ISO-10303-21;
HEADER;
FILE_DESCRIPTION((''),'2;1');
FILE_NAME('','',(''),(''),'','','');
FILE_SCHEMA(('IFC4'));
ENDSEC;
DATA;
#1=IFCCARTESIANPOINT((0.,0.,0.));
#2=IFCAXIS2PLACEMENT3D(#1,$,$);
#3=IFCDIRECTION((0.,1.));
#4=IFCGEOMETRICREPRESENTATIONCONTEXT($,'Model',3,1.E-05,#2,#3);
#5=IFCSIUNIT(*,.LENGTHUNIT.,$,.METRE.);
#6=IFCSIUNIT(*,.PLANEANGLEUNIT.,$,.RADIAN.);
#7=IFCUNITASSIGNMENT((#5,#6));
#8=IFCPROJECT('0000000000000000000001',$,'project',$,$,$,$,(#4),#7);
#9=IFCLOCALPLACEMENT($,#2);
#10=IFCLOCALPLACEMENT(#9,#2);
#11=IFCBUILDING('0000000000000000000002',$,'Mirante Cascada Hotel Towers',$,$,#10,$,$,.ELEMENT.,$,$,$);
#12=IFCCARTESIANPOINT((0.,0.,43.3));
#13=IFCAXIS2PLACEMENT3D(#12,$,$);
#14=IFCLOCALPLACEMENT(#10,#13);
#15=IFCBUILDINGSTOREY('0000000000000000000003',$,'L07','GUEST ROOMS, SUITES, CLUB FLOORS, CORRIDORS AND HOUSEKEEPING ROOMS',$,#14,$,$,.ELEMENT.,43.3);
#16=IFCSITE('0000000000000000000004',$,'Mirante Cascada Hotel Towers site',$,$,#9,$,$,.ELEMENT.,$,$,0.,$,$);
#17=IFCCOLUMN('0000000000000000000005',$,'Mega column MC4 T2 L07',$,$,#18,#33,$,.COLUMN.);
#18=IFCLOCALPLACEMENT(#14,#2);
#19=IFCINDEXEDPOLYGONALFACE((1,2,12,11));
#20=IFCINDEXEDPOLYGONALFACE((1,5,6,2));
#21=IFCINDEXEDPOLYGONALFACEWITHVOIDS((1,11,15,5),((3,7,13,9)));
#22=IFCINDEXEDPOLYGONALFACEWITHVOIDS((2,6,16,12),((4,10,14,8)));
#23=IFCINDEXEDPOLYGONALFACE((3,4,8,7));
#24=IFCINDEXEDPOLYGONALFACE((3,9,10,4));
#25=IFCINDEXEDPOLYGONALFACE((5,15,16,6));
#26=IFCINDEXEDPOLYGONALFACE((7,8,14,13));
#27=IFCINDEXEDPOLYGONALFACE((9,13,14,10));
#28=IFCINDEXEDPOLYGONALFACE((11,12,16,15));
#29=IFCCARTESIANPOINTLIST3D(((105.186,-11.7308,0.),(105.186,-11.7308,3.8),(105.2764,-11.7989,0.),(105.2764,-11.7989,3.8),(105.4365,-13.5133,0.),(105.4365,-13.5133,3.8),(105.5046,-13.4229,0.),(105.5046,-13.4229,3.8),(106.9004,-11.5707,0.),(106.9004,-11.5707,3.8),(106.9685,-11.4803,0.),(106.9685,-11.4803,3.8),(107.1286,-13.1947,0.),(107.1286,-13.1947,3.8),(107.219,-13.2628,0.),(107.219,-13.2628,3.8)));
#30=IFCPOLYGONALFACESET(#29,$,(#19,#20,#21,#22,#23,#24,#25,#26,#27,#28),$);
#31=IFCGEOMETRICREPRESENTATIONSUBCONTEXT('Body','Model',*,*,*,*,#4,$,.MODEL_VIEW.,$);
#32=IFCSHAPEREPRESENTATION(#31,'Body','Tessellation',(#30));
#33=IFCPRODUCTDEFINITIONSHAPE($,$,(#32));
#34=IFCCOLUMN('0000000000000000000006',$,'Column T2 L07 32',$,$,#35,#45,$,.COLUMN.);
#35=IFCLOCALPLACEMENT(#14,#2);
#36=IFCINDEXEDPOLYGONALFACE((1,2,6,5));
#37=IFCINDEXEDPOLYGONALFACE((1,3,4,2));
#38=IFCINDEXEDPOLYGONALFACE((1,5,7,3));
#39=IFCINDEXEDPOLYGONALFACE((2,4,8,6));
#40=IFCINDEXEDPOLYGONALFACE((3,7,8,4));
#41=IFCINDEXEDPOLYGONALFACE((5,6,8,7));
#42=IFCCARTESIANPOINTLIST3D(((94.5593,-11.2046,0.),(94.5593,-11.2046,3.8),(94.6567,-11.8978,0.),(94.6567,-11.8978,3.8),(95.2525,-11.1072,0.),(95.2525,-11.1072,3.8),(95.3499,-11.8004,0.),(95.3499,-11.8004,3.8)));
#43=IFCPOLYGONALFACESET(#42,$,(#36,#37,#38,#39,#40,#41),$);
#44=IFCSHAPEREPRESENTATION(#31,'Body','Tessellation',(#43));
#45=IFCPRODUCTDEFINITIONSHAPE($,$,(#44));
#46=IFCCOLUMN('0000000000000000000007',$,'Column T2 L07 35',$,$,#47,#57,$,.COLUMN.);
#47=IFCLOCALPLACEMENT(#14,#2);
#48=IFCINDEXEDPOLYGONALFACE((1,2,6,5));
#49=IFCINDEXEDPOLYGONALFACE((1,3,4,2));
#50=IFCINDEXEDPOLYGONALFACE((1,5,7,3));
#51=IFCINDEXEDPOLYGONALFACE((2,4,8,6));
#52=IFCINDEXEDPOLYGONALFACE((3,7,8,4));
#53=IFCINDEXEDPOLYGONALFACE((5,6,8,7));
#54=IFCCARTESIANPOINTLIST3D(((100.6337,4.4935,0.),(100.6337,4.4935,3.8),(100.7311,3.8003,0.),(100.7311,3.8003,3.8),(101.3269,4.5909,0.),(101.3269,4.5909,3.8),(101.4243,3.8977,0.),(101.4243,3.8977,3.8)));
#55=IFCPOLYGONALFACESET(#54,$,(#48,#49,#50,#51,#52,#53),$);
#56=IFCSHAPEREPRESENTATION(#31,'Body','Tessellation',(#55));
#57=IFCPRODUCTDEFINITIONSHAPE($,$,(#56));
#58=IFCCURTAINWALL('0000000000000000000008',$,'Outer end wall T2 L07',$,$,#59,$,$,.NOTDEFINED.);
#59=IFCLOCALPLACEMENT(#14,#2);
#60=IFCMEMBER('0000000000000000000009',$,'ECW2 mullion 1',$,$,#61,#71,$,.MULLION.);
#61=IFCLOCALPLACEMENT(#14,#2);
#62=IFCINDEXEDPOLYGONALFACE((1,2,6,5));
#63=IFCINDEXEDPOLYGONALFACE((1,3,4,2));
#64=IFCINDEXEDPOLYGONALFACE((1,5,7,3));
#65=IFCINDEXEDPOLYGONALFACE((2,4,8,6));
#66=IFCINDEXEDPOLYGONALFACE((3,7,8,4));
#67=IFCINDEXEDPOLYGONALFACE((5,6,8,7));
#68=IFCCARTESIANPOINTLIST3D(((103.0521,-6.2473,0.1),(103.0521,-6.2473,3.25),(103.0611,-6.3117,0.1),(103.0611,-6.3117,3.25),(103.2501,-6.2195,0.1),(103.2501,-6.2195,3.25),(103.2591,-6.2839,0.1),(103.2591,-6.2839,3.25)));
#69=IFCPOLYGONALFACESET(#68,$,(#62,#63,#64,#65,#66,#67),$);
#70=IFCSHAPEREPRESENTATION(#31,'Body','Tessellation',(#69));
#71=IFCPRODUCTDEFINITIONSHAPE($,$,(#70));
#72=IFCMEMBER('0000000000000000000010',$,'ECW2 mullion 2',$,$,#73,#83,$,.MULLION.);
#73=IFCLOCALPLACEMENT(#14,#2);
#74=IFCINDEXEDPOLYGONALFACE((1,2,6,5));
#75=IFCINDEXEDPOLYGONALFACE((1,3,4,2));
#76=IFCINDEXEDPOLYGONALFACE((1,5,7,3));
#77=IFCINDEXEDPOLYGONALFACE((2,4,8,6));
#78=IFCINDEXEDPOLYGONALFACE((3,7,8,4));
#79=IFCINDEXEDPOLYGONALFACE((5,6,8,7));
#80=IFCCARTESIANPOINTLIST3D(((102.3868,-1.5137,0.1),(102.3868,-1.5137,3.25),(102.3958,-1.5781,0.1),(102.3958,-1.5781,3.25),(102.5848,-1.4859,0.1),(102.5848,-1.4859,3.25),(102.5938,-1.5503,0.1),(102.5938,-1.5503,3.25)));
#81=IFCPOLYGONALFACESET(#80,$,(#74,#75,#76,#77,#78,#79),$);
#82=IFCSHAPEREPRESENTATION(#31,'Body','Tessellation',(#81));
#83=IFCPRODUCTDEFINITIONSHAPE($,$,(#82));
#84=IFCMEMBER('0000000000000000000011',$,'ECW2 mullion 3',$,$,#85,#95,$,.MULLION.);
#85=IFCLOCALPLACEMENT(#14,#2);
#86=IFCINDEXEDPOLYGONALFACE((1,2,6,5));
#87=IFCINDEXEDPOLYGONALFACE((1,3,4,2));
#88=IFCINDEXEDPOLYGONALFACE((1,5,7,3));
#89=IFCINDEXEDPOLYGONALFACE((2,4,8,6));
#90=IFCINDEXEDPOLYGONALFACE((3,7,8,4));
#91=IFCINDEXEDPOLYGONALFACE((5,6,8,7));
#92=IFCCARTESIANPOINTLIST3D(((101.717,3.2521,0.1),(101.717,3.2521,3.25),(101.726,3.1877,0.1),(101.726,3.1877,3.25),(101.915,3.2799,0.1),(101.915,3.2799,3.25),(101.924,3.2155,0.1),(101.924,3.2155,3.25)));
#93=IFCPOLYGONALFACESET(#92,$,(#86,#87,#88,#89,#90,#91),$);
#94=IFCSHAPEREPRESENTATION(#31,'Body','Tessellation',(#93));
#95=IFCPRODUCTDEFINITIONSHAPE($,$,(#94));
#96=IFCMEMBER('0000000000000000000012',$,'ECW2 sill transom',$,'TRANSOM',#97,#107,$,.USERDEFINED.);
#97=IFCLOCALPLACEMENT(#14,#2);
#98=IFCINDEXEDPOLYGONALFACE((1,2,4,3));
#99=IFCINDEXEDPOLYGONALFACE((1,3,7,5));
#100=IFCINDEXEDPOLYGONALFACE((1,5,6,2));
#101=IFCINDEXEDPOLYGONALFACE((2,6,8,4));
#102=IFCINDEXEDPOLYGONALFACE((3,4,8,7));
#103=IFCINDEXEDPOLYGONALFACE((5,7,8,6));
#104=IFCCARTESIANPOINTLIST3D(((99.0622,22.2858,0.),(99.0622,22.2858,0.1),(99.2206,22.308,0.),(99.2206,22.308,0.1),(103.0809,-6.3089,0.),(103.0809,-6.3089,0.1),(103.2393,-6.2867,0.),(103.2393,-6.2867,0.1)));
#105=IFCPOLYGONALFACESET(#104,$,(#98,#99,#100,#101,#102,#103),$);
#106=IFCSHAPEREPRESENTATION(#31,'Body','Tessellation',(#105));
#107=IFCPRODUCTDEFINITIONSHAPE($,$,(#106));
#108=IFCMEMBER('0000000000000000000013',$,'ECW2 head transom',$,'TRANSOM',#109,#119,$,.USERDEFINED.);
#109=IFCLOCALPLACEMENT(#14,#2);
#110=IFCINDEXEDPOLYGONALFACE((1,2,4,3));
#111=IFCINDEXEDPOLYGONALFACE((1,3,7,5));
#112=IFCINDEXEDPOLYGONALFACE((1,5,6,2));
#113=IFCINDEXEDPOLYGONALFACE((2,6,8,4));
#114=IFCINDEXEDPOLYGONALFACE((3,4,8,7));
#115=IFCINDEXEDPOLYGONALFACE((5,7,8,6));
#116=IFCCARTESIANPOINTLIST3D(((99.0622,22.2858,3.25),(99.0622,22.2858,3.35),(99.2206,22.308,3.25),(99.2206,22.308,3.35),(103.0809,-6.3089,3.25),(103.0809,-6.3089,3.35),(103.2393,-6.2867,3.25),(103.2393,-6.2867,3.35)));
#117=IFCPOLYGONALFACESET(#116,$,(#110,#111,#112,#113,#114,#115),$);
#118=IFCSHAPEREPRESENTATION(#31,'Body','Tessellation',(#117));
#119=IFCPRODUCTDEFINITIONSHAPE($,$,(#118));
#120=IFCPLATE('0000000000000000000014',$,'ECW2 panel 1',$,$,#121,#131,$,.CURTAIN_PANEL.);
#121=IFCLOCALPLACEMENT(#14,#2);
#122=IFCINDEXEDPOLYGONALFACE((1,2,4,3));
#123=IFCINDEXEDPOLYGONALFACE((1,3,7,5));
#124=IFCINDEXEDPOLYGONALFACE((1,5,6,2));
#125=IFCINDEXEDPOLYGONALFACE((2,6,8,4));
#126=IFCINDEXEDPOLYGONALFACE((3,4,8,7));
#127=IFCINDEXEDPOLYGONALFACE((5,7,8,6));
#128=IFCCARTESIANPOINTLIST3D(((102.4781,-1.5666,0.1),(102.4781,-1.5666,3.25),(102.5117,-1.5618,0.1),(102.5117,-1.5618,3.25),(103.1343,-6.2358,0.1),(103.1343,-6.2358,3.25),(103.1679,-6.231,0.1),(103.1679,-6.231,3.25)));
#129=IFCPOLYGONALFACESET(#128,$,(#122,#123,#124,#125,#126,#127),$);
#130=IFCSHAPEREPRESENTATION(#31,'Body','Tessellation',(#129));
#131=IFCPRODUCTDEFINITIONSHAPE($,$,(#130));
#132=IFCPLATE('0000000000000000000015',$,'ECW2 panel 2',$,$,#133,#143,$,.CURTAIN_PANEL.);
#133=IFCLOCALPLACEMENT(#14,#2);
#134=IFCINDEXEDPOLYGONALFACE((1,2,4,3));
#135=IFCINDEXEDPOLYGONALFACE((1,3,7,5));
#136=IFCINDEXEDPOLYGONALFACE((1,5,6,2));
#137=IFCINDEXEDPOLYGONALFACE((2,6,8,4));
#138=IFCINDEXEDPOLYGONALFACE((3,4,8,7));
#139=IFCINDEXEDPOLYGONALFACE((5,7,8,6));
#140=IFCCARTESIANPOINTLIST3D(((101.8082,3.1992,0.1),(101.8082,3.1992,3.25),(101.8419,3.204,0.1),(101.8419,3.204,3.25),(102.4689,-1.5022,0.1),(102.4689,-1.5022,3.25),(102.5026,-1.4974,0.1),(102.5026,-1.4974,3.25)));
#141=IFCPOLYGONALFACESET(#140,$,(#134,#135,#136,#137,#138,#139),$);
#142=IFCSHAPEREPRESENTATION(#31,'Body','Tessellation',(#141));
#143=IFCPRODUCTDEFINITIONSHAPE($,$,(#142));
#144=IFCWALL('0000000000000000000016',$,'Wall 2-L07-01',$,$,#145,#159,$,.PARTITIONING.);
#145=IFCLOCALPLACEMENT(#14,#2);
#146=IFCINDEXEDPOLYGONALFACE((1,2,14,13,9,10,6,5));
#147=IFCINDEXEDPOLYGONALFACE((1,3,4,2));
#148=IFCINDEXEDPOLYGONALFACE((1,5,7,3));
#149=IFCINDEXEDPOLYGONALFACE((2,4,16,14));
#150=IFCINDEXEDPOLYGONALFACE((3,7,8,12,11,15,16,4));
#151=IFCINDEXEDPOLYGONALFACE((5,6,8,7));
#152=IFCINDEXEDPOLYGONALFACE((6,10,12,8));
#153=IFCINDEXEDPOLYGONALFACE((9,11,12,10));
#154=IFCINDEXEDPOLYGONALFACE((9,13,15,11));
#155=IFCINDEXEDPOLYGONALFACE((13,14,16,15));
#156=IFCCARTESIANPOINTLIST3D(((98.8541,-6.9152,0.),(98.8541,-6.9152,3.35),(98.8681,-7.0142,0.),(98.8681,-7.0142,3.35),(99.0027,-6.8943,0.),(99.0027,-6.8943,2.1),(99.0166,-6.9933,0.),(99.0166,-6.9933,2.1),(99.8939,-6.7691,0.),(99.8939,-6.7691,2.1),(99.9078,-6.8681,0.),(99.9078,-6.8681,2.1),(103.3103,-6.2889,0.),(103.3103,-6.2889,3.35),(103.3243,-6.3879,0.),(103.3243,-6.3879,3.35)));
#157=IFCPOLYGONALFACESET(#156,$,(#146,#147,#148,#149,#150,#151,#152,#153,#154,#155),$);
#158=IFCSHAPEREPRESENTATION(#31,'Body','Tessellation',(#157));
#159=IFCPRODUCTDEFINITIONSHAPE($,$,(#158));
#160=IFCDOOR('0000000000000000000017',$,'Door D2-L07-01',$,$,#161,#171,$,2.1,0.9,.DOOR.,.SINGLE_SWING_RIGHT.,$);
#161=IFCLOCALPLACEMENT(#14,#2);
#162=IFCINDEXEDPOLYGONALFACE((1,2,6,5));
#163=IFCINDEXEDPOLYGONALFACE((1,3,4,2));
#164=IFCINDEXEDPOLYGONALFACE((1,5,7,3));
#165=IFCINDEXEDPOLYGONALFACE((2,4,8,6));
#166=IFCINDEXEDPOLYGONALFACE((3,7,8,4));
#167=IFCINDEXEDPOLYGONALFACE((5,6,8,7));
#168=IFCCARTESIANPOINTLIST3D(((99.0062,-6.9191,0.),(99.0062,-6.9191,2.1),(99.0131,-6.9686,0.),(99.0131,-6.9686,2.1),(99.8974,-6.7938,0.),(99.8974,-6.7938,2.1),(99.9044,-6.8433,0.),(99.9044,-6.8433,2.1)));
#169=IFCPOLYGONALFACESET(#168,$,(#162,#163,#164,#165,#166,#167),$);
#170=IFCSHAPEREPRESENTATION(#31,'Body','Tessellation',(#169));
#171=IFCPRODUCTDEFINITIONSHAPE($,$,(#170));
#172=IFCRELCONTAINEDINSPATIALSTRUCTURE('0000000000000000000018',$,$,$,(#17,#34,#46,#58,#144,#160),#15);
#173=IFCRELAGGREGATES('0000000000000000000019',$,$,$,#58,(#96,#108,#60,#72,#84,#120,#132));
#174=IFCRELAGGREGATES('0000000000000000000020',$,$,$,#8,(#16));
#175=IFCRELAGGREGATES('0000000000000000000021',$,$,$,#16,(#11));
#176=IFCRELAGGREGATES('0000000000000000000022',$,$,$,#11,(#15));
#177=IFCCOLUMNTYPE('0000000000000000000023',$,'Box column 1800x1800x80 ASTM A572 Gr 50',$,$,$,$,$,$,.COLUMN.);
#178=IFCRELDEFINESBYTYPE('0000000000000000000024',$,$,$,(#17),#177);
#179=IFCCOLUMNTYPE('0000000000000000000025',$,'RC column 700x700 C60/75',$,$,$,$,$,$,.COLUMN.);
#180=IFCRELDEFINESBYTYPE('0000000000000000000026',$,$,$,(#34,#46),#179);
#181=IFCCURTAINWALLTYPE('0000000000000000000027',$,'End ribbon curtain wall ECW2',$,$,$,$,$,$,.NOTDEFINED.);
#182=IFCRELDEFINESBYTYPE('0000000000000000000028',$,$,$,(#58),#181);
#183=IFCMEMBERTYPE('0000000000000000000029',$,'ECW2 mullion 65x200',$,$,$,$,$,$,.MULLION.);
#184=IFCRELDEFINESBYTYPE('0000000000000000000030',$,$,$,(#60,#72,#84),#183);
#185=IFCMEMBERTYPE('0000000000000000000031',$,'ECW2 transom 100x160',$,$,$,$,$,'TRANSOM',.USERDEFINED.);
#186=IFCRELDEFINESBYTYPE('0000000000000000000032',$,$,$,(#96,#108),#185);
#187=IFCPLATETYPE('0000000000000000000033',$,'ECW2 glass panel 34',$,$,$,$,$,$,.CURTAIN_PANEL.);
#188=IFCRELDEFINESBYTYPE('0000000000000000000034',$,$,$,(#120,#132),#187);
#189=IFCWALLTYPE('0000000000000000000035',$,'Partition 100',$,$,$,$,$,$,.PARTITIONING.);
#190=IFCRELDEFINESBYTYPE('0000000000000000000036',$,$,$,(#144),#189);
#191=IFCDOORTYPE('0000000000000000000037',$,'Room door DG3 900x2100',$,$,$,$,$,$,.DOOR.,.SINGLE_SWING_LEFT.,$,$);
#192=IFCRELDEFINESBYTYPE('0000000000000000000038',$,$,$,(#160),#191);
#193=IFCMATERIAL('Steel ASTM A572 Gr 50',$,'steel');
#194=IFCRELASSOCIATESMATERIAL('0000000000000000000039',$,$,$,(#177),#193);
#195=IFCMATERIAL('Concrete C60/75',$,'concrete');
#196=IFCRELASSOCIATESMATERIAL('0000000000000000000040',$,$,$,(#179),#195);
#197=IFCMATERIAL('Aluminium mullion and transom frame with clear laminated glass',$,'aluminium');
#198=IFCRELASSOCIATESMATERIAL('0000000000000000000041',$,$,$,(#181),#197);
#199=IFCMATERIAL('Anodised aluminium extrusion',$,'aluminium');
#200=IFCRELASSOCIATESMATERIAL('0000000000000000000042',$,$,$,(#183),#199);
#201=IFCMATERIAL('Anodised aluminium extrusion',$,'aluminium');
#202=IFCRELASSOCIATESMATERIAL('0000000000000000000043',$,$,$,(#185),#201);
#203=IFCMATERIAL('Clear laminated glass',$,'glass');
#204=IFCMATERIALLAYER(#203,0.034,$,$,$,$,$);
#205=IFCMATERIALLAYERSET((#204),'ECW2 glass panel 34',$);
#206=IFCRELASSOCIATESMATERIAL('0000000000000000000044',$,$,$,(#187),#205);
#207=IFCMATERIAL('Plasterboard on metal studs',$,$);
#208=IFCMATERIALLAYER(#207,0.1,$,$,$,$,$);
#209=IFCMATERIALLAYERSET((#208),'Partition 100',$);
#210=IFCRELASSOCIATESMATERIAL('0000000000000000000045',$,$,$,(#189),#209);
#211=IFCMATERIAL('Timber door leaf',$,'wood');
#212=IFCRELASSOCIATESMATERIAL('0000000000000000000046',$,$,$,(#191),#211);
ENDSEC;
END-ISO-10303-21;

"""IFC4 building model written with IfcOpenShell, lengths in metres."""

from ifc_helpers import new_model, si_unit, direction, frame, frame_2d, origin, origin_2d, place, context, subcontext, project, spatial, rectangle, hollow_rectangle, extrude, material, layer, layer_set, material_profile, profile_set, type_object, element, fill, aggregate, save


model = new_model("IFC4")

# Units and contexts
model_context = context("Model", 3, precision=1e-05, world=origin(), true_north=direction((0.0, 1.0)))
body_context = subcontext(model_context, "Body", "Model", "MODEL_VIEW")
ifc_project = project(units=[si_unit("LENGTHUNIT", "METRE"), si_unit("PLANEANGLEUNIT", "RADIAN")], contexts=[model_context])

# Site, building, storey
site_placement = place(None, origin())
site = spatial("IfcSite", under=ifc_project, at=site_placement, Name="Mirante Cascada Hotel Towers site", CompositionType="ELEMENT", RefElevation=0.0)
building_placement = place(site_placement, origin())
building = spatial("IfcBuilding", under=site, at=building_placement, Name="Mirante Cascada Hotel Towers", CompositionType="ELEMENT")
storey_placement = place(building_placement, frame((0.0, 0.0, 43.3)))
storey = spatial("IfcBuildingStorey", under=building, at=storey_placement, Name="L07", Description="GUEST ROOMS, SUITES, CLUB FLOORS, CORRIDORS AND HOUSEKEEPING ROOMS", CompositionType="ELEMENT", Elevation=43.3)

# Columns
ifc_material_1 = material(Name="Steel ASTM A572 Gr 50", Category="steel")
ifc_material_profile_1 = material_profile(ifc_material_1, hollow_rectangle(XDim=1.8, YDim=1.8, WallThickness=0.08, at=origin_2d()), Name="Box column 1800x1800x80 ASTM A572 Gr 50")
ifc_profile_set_1 = profile_set([ifc_material_profile_1], Name="Steel ASTM A572 Gr 50")
column_type_1 = type_object("IfcColumnType", Name="Box column 1800x1800x80 ASTM A572 Gr 50", PredefinedType="COLUMN", material=ifc_profile_set_1)
column_placement = place(storey_placement, frame((106.2025, -12.4968, 0.0), z_axis=(0.0, 0.0, 1.0), x_axis=(0.990268, 0.139173, 0.0)))
element("IfcColumn", 1, at=column_placement, inside=storey, type_object=column_type_1, Name="Mega column MC4 T2 L07", PredefinedType="COLUMN", context=body_context, shape_type="SweptSolid", body=[
    extrude(hollow_rectangle(XDim=1.8, YDim=1.8, WallThickness=0.08, at=origin_2d()), origin(), (0.0, 0.0, 1.0), 3.8),
])
ifc_material_2 = material(Name="Concrete C60/75", Category="concrete")
ifc_material_profile_2 = material_profile(ifc_material_2, rectangle(XDim=0.7, YDim=0.7, at=origin_2d()), Name="RC column 700x700 C60/75")
ifc_profile_set_2 = profile_set([ifc_material_profile_2], Name="Concrete C60/75")
column_type_2 = type_object("IfcColumnType", Name="RC column 700x700 C60/75", PredefinedType="COLUMN", material=ifc_profile_set_2)
for number, where, z_axis, x_axis, name in (
    (2, (94.9546, -11.5025, 0.0), (0.0, 0.0, 1.0), (0.990268, 0.139173, 0.0), "Column T2 L07 32"),
    (3, (101.029, 4.1956, 0.0), (0.0, 0.0, 1.0), (0.990268, 0.139173, 0.0), "Column T2 L07 35"),
):
    element("IfcColumn", number, at=place(storey_placement, frame(where, z_axis=z_axis, x_axis=x_axis)), inside=storey, type_object=column_type_2, Name=name, PredefinedType="COLUMN", context=body_context, shape_type="SweptSolid", body=[
        extrude(rectangle(XDim=0.7, YDim=0.7, at=origin_2d()), origin(), (0.0, 0.0, 1.0), 3.8),
    ])

# Curtain wall, members, plates
ifc_material_3 = material(Name="Aluminium mullion and transom frame with clear laminated glass", Category="aluminium")
curtain_wall_type = type_object("IfcCurtainWallType", Name="End ribbon curtain wall ECW2", PredefinedType="NOTDEFINED", material=ifc_material_3)
curtain_wall_placement = place(storey_placement, origin())
curtain_wall = element("IfcCurtainWall", 4, at=curtain_wall_placement, inside=storey, type_object=curtain_wall_type, Name="Outer end wall T2 L07", PredefinedType="NOTDEFINED")
ifc_material_4 = material(Name="Anodised aluminium extrusion", Category="aluminium")
ifc_material_profile_3 = material_profile(ifc_material_4, rectangle(XDim=0.2, YDim=0.065, at=origin_2d()), Name="ECW2 MULLION 65x200")
ifc_profile_set_3 = profile_set([ifc_material_profile_3], Name="Anodised aluminium extrusion")
member_type_1 = type_object("IfcMemberType", Name="ECW2 mullion 65x200", PredefinedType="MULLION", material=ifc_profile_set_3)
member_1_placement = place(storey_placement, frame((103.1556, -6.2656, 0.1), z_axis=(0.0, 0.0, 1.0), x_axis=(-0.990268, -0.139173, 0.0)))
member_1 = element("IfcMember", 5, at=member_1_placement, type_object=member_type_1, Name="ECW2 mullion 1", PredefinedType="MULLION", context=body_context, shape_type="SweptSolid", body=[
    extrude(rectangle(XDim=0.2, YDim=0.065, at=origin_2d()), origin(), (0.0, 0.0, 1.0), 3.15),
])
member_2_placement = place(storey_placement, frame((102.4903, -1.532, 0.1), z_axis=(0.0, 0.0, 1.0), x_axis=(-0.990268, -0.139173, 0.0)))
member_2 = element("IfcMember", 6, at=member_2_placement, type_object=member_type_1, Name="ECW2 mullion 2", PredefinedType="MULLION", context=body_context, shape_type="SweptSolid", body=[
    extrude(rectangle(XDim=0.2, YDim=0.065, at=origin_2d()), origin(), (0.0, 0.0, 1.0), 3.15),
])
member_3_placement = place(storey_placement, frame((101.8205, 3.2338, 0.1), z_axis=(0.0, 0.0, 1.0), x_axis=(-0.990268, -0.139173, 0.0)))
member_3 = element("IfcMember", 7, at=member_3_placement, type_object=member_type_1, Name="ECW2 mullion 3", PredefinedType="MULLION", context=body_context, shape_type="SweptSolid", body=[
    extrude(rectangle(XDim=0.2, YDim=0.065, at=origin_2d()), origin(), (0.0, 0.0, 1.0), 3.15),
])
ifc_material_5 = material(Name="Anodised aluminium extrusion", Category="aluminium")
ifc_material_profile_4 = material_profile(ifc_material_5, rectangle(XDim=0.16, YDim=0.1, at=origin_2d()), Name="ECW2 TRANSOM 100x160")
ifc_profile_set_4 = profile_set([ifc_material_profile_4], Name="Anodised aluminium extrusion")
member_type_2 = type_object("IfcMemberType", Name="ECW2 transom 100x160", ElementType="TRANSOM", PredefinedType="USERDEFINED", material=ifc_profile_set_4)
member_4_placement = place(storey_placement, frame((103.1601, -6.2978, 0.05), z_axis=(-0.139172, 0.990268, 0.0), x_axis=(-0.990268, -0.139172, 0.0)))
member_4 = element("IfcMember", 8, at=member_4_placement, type_object=member_type_2, Name="ECW2 sill transom", ObjectType="TRANSOM", PredefinedType="USERDEFINED", context=body_context, shape_type="SweptSolid", body=[
    extrude(rectangle(XDim=0.16, YDim=0.1, at=origin_2d()), origin(), (0.0, 0.0, 1.0), 28.8757),
])
member_5_placement = place(storey_placement, frame((103.1601, -6.2978, 3.3), z_axis=(-0.139172, 0.990268, 0.0), x_axis=(-0.990268, -0.139172, 0.0)))
member_5 = element("IfcMember", 9, at=member_5_placement, type_object=member_type_2, Name="ECW2 head transom", ObjectType="TRANSOM", PredefinedType="USERDEFINED", context=body_context, shape_type="SweptSolid", body=[
    extrude(rectangle(XDim=0.16, YDim=0.1, at=origin_2d()), origin(), (0.0, 0.0, 1.0), 28.8757),
])
ifc_material_6 = material(Name="Clear laminated glass", Category="glass")
ifc_layer_1 = layer(ifc_material_6, 0.034)
ifc_layer_set_1 = layer_set([ifc_layer_1], Name="ECW2 glass panel 34")
plate_type = type_object("IfcPlateType", Name="ECW2 glass panel 34", PredefinedType="CURTAIN_PANEL", material=ifc_layer_set_1)
plate_1_placement = place(storey_placement, frame((102.823, -3.8988, 0.1), z_axis=(0.0, 0.0, 1.0), x_axis=(-0.139173, 0.990268, 0.0)))
plate_1 = element("IfcPlate", 10, at=plate_1_placement, type_object=plate_type, Name="ECW2 panel 1", PredefinedType="CURTAIN_PANEL", context=body_context, shape_type="SweptSolid", body=[
    extrude(rectangle(XDim=4.7151, YDim=0.034, at=origin_2d()), origin(), (0.0, 0.0, 1.0), 3.15),
])
plate_2_placement = place(storey_placement, frame((102.1554, 0.8509, 0.1), z_axis=(0.0, 0.0, 1.0), x_axis=(-0.139173, 0.990268, 0.0)))
plate_2 = element("IfcPlate", 11, at=plate_2_placement, type_object=plate_type, Name="ECW2 panel 2", PredefinedType="CURTAIN_PANEL", context=body_context, shape_type="SweptSolid", body=[
    extrude(rectangle(XDim=4.7476, YDim=0.034, at=origin_2d()), origin(), (0.0, 0.0, 1.0), 3.15),
])
aggregate(curtain_wall, [member_4, member_5, member_1, member_2, member_3, plate_1, plate_2])

# Wall, opening, door
ifc_material_7 = material(Name="Plasterboard on metal studs")
ifc_layer_2 = layer(ifc_material_7, 0.1)
ifc_layer_set_2 = layer_set([ifc_layer_2], Name="Partition 100")
wall_type_1 = type_object("IfcWallType", Name="Partition 100", PredefinedType="PARTITIONING", material=ifc_layer_set_2)
wall_1_placement = place(storey_placement, frame((103.3173, -6.3384, 0.0), z_axis=(0.0, 0.0, 1.0), x_axis=(-0.990267, -0.139178, 0.0)))
wall_1 = element("IfcWall", 12, at=wall_1_placement, inside=storey, type_object=wall_type_1, Name="Wall 2-L07-01", PredefinedType="PARTITIONING", context=body_context, shape_type="SweptSolid", body=[
    extrude(rectangle(XDim=4.5, YDim=0.1, at=frame_2d((2.25, 0.0))), origin(), (0.0, 0.0, 1.0), 3.35),
])
opening_1_placement = place(wall_1_placement, frame((3.45, 0.0, 0.0)))
opening_1 = element("IfcOpeningElement", 13, at=opening_1_placement, cuts=wall_1, PredefinedType="OPENING", context=body_context, shape_type="SweptSolid", body=[
    extrude(rectangle(XDim=0.9, YDim=2.1, at=frame_2d((0.45, 1.05))), frame((0.0, 0.05, 0.0), z_axis=(0.0, -1.0, 0.0), x_axis=(1.0, 0.0, 0.0)), (0.0, 0.0, 1.0), 0.1),
])
ifc_material_8 = material(Name="Timber door leaf", Category="wood")
door_type = type_object("IfcDoorType", Name="Room door DG3 900x2100", OperationType="SINGLE_SWING_LEFT", PredefinedType="DOOR", material=ifc_material_8)
door_1_placement = place(opening_1_placement, frame((0.9, 0.0, 0.0), z_axis=(0.0, 0.0, 1.0), x_axis=(-1.0, 0.0, 0.0)))
door_1 = element("IfcDoor", 14, at=door_1_placement, inside=storey, type_object=door_type, Name="Door D2-L07-01", OperationType="SINGLE_SWING_RIGHT", OverallHeight=2.1, OverallWidth=0.9, PredefinedType="DOOR", context=body_context, shape_type="SweptSolid", body=[
    extrude(rectangle(XDim=0.9, YDim=2.1, at=frame_2d((0.45, 1.05))), frame((0.0, 0.025, 0.0), z_axis=(0.0, -1.0, 0.0), x_axis=(1.0, 0.0, 0.0)), (0.0, 0.0, 1.0), 0.05),
])
fill(opening_1, door_1)

save(model, "model.ifc")
